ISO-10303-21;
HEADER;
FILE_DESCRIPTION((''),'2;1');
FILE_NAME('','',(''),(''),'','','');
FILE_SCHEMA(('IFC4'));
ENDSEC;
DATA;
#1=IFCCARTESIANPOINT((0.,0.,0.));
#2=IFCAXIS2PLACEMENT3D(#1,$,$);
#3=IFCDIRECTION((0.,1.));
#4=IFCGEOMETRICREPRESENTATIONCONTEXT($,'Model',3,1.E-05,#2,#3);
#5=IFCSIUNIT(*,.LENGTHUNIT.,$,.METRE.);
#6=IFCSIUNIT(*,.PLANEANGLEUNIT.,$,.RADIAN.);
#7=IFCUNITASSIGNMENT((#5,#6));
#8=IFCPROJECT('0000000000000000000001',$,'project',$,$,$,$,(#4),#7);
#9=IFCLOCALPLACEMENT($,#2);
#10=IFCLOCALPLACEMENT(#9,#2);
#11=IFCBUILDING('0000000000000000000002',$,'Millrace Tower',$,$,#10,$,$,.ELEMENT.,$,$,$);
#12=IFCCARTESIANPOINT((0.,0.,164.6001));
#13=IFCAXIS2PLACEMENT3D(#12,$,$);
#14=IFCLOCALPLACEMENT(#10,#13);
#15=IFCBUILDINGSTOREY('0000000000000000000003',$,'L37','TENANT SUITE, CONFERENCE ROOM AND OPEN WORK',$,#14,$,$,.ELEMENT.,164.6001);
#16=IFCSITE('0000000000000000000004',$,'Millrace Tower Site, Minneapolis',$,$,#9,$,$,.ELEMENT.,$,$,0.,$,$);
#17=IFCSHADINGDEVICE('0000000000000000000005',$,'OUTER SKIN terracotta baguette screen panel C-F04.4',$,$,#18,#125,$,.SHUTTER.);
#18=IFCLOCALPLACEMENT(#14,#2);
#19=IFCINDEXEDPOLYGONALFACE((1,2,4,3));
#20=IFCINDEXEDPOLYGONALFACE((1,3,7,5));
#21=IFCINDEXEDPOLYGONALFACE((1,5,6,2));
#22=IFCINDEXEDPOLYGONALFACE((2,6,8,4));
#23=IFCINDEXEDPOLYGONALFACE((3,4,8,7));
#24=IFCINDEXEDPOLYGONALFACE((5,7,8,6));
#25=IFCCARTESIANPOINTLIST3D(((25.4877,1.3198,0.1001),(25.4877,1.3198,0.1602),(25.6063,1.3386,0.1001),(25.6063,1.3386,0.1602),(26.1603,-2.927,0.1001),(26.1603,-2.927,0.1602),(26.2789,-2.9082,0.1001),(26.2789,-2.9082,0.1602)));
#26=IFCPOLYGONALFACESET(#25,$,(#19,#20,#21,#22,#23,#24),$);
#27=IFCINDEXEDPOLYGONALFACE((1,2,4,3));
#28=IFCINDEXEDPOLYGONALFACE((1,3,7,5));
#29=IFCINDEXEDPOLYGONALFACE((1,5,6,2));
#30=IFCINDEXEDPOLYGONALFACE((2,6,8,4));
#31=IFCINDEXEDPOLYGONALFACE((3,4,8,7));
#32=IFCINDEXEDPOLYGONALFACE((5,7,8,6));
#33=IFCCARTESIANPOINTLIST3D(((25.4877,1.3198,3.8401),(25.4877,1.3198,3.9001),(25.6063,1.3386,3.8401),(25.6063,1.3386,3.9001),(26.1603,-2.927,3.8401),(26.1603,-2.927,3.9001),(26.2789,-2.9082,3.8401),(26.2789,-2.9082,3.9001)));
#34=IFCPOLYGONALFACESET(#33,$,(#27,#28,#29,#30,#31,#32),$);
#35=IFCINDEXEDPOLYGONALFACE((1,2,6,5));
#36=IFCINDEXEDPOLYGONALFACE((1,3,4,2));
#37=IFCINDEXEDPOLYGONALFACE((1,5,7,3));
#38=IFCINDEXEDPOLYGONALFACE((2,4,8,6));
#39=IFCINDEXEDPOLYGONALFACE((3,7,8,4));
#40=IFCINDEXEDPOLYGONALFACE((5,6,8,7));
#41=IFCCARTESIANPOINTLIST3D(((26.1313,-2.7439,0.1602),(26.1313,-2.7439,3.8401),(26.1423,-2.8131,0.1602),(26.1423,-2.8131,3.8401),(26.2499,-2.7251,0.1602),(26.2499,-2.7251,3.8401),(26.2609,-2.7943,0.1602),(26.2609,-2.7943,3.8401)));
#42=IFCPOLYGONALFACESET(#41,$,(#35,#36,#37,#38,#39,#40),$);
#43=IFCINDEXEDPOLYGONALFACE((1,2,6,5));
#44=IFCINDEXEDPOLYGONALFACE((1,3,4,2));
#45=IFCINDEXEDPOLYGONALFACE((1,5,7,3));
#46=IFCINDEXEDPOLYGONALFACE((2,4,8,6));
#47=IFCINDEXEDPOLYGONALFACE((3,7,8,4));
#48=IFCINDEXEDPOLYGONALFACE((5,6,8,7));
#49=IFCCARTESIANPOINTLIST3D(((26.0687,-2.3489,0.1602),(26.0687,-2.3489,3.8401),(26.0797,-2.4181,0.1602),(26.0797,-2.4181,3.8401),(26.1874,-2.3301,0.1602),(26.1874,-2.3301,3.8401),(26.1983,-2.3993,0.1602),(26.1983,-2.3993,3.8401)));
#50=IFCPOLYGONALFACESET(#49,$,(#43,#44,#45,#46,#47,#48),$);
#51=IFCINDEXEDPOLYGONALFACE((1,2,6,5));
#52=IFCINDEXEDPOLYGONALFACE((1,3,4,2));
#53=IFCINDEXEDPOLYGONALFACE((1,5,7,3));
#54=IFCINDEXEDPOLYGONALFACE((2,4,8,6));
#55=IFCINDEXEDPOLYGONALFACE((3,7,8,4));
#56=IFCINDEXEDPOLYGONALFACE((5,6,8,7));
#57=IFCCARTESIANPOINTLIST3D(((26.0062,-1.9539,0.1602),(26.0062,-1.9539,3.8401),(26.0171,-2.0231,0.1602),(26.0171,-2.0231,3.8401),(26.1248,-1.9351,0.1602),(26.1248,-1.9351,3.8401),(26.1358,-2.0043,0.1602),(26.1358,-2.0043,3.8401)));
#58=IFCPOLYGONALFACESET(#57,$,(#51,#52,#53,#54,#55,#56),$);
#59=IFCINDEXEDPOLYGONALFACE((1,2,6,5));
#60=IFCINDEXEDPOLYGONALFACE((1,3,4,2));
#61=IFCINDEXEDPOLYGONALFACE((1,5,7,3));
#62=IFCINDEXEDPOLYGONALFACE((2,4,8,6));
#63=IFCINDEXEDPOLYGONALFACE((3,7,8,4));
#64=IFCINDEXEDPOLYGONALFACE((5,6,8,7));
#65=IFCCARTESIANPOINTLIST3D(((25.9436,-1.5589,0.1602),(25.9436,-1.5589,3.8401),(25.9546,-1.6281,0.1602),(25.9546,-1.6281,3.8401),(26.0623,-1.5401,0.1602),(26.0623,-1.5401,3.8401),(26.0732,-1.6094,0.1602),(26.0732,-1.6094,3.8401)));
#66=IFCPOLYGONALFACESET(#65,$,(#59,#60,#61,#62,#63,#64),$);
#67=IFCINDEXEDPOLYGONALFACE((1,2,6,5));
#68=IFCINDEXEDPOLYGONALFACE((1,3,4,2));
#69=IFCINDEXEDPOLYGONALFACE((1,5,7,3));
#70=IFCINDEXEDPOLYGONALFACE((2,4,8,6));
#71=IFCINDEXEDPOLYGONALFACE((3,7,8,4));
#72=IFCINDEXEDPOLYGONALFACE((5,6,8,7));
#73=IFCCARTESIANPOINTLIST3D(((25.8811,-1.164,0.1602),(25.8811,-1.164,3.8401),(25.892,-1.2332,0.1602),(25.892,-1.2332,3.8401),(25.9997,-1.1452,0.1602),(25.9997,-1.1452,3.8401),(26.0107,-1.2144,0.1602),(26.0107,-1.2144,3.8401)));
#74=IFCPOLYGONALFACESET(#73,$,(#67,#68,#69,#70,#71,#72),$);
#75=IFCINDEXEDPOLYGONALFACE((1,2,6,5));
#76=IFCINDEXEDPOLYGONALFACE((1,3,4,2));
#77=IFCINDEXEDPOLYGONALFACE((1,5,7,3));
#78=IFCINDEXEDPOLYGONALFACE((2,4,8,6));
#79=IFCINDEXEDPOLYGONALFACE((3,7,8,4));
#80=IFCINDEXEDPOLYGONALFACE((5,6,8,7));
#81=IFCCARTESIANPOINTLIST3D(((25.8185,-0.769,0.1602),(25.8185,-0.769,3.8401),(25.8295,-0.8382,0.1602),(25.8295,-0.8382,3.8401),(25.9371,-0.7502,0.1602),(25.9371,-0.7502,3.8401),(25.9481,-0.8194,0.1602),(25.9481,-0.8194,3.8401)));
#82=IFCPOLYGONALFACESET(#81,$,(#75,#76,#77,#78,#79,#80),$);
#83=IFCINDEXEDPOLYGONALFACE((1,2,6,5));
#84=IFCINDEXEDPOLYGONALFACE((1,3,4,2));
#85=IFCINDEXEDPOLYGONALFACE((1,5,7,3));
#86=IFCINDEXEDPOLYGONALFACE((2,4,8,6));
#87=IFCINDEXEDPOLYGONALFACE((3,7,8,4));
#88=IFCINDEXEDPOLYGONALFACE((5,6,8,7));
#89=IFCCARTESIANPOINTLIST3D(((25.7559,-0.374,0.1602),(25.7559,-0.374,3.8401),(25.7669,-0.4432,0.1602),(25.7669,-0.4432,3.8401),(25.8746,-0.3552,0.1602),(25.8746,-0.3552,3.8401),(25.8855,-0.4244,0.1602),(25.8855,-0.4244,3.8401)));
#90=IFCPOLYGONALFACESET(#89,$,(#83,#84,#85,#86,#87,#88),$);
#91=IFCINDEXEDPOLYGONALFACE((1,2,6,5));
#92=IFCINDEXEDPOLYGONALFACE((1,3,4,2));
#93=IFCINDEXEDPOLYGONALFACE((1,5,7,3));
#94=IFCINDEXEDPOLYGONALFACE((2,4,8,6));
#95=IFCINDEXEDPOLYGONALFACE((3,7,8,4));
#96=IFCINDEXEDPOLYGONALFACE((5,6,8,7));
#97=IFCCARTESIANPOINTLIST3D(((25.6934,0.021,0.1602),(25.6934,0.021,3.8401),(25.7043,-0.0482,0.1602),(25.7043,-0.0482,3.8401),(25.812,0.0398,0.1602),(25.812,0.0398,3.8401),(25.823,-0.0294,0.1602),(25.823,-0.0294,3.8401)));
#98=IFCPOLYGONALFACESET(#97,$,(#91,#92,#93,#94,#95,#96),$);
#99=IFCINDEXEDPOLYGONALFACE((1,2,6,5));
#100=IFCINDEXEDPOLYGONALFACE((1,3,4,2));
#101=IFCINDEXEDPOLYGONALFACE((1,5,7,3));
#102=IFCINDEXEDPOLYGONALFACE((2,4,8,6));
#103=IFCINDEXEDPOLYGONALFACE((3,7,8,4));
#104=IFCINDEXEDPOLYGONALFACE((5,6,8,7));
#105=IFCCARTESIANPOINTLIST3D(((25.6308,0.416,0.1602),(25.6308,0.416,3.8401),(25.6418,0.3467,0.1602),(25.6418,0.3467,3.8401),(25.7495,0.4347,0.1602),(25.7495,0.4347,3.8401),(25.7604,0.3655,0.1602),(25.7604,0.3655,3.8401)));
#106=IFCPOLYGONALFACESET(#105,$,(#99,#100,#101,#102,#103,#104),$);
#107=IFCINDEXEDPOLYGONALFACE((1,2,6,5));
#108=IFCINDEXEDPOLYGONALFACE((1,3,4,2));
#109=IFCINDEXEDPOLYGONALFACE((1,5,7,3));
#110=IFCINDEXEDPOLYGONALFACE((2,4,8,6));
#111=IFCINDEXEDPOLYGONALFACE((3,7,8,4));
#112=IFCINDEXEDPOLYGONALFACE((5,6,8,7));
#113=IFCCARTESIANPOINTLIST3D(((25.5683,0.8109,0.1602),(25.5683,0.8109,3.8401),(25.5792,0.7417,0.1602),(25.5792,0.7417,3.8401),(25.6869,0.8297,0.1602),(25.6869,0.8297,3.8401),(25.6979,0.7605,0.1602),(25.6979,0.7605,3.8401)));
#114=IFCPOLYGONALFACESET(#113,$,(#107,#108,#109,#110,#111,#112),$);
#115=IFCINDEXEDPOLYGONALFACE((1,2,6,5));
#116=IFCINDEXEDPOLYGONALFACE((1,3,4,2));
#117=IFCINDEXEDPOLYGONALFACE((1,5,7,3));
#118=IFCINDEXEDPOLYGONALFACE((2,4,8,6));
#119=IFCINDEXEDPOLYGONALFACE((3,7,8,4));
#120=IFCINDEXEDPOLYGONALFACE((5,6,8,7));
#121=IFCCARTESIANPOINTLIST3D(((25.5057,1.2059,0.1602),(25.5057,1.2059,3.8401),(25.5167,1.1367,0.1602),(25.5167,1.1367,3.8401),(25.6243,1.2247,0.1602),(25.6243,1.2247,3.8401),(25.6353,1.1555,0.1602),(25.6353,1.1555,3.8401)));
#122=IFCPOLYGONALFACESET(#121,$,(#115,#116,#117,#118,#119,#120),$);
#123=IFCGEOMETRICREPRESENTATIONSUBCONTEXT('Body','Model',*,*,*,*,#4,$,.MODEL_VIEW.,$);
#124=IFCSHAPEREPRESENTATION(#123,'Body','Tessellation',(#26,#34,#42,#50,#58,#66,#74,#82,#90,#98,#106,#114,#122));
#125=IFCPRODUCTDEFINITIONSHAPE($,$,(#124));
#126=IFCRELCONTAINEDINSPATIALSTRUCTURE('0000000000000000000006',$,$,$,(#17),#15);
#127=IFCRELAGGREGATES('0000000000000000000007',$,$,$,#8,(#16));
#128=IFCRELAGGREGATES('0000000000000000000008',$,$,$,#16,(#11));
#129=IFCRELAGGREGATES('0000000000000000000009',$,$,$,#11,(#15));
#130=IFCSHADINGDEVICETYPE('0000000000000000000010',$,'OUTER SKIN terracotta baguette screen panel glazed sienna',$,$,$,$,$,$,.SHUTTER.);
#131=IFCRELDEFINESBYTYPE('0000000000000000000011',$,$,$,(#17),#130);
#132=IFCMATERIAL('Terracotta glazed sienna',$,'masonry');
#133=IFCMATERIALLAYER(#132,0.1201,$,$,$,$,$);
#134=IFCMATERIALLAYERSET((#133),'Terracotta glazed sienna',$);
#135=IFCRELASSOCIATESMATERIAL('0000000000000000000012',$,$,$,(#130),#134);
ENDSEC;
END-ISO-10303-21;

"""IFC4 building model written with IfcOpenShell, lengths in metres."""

from ifc_helpers import new_model, entity, si_unit, direction, frame, frame_2d, origin, origin_2d, place, context, subcontext, project, spatial, rectangle, extrude, source, transform, mapped, material, layer, layer_set, type_object, element, save


model = new_model("IFC4")

# Units and contexts
model_context = context("Model", 3, precision=1e-05, world=origin(), true_north=direction((0.0, 1.0)))
body_context = subcontext(model_context, "Body", "Model", "MODEL_VIEW")
ifc_project = project(units=[si_unit("LENGTHUNIT", "METRE"), si_unit("PLANEANGLEUNIT", "RADIAN")], contexts=[model_context])

# Site, building, storey
site_placement = place(None, origin())
site = spatial("IfcSite", under=ifc_project, at=site_placement, Name="Millrace Tower Site, Minneapolis", CompositionType="ELEMENT", RefElevation=0.0)
building_placement = place(site_placement, origin())
building = spatial("IfcBuilding", under=site, at=building_placement, Name="Millrace Tower", CompositionType="ELEMENT")
storey_placement = place(building_placement, frame((0.0, 0.0, 164.6001)))
storey = spatial("IfcBuildingStorey", under=building, at=storey_placement, Name="L37", Description="TENANT SUITE, CONFERENCE ROOM AND OPEN WORK", CompositionType="ELEMENT", Elevation=164.6001)

# Shading device
ifc_material_1 = material(Name="Terracotta glazed sienna", Category="masonry")
ifc_layer_1 = layer(ifc_material_1, 0.1201)
ifc_layer_set_1 = layer_set([ifc_layer_1], Name="Terracotta glazed sienna")
shading_device_type = type_object("IfcShadingDeviceType", Name="OUTER SKIN terracotta baguette screen panel glazed sienna", PredefinedType="SHUTTER", material=ifc_layer_set_1)
cartesian_point_1 = entity("IfcCartesianPoint", [-2.1499, 0.0601])
shared_polyline_1 = entity("IfcPolyline", [cartesian_point_1, entity("IfcCartesianPoint", [2.1499, 0.0601]), entity("IfcCartesianPoint", [2.1499, -0.0601]), entity("IfcCartesianPoint", [-2.1499, -0.0601]), cartesian_point_1])
shared_shape_1 = source(origin(), body_context, "Body", "SweptSolid", [
    entity("IfcExtrudedAreaSolid", entity("IfcArbitraryClosedProfileDef", "AREA", None, shared_polyline_1), entity("IfcAxis2Placement3D", entity("IfcCartesianPoint", [0.0, 0.0, 0.0])), entity("IfcDirection", [0.0, 0.0, 1.0]), 0.0601),
    entity("IfcExtrudedAreaSolid", entity("IfcArbitraryClosedProfileDef", "AREA", None, shared_polyline_1), entity("IfcAxis2Placement3D", entity("IfcCartesianPoint", [0.0, 0.0, 3.74])), entity("IfcDirection", [0.0, 0.0, 1.0]), 0.0601),
    extrude(rectangle(XDim=0.0701, YDim=0.1201, at=frame_2d((-1.9995, 0.0))), frame((0.0, 0.0, 0.0601)), (0.0, 0.0, 1.0), 3.6799),
    extrude(rectangle(XDim=0.0701, YDim=0.1201, at=frame_2d((-1.5996, 0.0))), frame((0.0, 0.0, 0.0601)), (0.0, 0.0, 1.0), 3.6799),
    extrude(rectangle(XDim=0.0701, YDim=0.1201, at=frame_2d((-1.1997, 0.0))), frame((0.0, 0.0, 0.0601)), (0.0, 0.0, 1.0), 3.6799),
    extrude(rectangle(XDim=0.0701, YDim=0.1201, at=frame_2d((-0.7998, 0.0))), frame((0.0, 0.0, 0.0601)), (0.0, 0.0, 1.0), 3.6799),
    extrude(rectangle(XDim=0.0701, YDim=0.1201, at=frame_2d((-0.3999, 0.0))), frame((0.0, 0.0, 0.0601)), (0.0, 0.0, 1.0), 3.6799),
    extrude(rectangle(XDim=0.0701, YDim=0.1201, at=origin_2d()), frame((0.0, 0.0, 0.0601)), (0.0, 0.0, 1.0), 3.6799),
    extrude(rectangle(XDim=0.0701, YDim=0.1201, at=frame_2d((0.3999, 0.0))), frame((0.0, 0.0, 0.0601)), (0.0, 0.0, 1.0), 3.6799),
    extrude(rectangle(XDim=0.0701, YDim=0.1201, at=frame_2d((0.7998, 0.0))), frame((0.0, 0.0, 0.0601)), (0.0, 0.0, 1.0), 3.6799),
    extrude(rectangle(XDim=0.0701, YDim=0.1201, at=frame_2d((1.1997, 0.0))), frame((0.0, 0.0, 0.0601)), (0.0, 0.0, 1.0), 3.6799),
    extrude(rectangle(XDim=0.0701, YDim=0.1201, at=frame_2d((1.5996, 0.0))), frame((0.0, 0.0, 0.0601)), (0.0, 0.0, 1.0), 3.6799),
    extrude(rectangle(XDim=0.0701, YDim=0.1201, at=frame_2d((1.9995, 0.0))), frame((0.0, 0.0, 0.0601)), (0.0, 0.0, 1.0), 3.6799),
])
for number, where, z_axis, x_axis, name in (
    (1, (25.8833, -0.7942, 0.1001), (0.0, 0.0, 1.0), (-0.156434, 0.987688, 0.0), "OUTER SKIN terracotta baguette screen panel C-F04.4"),
):
    element("IfcShadingDevice", number, at=place(storey_placement, frame(where, z_axis=z_axis, x_axis=x_axis)), inside=storey, type_object=shading_device_type, Name=name, PredefinedType="SHUTTER", context=body_context, shape_type="MappedRepresentation", body=[
        mapped(shared_shape_1, transform((0.0, 0.0, 0.0), scale=1.0)),
    ])

save(model, "model.ifc")
